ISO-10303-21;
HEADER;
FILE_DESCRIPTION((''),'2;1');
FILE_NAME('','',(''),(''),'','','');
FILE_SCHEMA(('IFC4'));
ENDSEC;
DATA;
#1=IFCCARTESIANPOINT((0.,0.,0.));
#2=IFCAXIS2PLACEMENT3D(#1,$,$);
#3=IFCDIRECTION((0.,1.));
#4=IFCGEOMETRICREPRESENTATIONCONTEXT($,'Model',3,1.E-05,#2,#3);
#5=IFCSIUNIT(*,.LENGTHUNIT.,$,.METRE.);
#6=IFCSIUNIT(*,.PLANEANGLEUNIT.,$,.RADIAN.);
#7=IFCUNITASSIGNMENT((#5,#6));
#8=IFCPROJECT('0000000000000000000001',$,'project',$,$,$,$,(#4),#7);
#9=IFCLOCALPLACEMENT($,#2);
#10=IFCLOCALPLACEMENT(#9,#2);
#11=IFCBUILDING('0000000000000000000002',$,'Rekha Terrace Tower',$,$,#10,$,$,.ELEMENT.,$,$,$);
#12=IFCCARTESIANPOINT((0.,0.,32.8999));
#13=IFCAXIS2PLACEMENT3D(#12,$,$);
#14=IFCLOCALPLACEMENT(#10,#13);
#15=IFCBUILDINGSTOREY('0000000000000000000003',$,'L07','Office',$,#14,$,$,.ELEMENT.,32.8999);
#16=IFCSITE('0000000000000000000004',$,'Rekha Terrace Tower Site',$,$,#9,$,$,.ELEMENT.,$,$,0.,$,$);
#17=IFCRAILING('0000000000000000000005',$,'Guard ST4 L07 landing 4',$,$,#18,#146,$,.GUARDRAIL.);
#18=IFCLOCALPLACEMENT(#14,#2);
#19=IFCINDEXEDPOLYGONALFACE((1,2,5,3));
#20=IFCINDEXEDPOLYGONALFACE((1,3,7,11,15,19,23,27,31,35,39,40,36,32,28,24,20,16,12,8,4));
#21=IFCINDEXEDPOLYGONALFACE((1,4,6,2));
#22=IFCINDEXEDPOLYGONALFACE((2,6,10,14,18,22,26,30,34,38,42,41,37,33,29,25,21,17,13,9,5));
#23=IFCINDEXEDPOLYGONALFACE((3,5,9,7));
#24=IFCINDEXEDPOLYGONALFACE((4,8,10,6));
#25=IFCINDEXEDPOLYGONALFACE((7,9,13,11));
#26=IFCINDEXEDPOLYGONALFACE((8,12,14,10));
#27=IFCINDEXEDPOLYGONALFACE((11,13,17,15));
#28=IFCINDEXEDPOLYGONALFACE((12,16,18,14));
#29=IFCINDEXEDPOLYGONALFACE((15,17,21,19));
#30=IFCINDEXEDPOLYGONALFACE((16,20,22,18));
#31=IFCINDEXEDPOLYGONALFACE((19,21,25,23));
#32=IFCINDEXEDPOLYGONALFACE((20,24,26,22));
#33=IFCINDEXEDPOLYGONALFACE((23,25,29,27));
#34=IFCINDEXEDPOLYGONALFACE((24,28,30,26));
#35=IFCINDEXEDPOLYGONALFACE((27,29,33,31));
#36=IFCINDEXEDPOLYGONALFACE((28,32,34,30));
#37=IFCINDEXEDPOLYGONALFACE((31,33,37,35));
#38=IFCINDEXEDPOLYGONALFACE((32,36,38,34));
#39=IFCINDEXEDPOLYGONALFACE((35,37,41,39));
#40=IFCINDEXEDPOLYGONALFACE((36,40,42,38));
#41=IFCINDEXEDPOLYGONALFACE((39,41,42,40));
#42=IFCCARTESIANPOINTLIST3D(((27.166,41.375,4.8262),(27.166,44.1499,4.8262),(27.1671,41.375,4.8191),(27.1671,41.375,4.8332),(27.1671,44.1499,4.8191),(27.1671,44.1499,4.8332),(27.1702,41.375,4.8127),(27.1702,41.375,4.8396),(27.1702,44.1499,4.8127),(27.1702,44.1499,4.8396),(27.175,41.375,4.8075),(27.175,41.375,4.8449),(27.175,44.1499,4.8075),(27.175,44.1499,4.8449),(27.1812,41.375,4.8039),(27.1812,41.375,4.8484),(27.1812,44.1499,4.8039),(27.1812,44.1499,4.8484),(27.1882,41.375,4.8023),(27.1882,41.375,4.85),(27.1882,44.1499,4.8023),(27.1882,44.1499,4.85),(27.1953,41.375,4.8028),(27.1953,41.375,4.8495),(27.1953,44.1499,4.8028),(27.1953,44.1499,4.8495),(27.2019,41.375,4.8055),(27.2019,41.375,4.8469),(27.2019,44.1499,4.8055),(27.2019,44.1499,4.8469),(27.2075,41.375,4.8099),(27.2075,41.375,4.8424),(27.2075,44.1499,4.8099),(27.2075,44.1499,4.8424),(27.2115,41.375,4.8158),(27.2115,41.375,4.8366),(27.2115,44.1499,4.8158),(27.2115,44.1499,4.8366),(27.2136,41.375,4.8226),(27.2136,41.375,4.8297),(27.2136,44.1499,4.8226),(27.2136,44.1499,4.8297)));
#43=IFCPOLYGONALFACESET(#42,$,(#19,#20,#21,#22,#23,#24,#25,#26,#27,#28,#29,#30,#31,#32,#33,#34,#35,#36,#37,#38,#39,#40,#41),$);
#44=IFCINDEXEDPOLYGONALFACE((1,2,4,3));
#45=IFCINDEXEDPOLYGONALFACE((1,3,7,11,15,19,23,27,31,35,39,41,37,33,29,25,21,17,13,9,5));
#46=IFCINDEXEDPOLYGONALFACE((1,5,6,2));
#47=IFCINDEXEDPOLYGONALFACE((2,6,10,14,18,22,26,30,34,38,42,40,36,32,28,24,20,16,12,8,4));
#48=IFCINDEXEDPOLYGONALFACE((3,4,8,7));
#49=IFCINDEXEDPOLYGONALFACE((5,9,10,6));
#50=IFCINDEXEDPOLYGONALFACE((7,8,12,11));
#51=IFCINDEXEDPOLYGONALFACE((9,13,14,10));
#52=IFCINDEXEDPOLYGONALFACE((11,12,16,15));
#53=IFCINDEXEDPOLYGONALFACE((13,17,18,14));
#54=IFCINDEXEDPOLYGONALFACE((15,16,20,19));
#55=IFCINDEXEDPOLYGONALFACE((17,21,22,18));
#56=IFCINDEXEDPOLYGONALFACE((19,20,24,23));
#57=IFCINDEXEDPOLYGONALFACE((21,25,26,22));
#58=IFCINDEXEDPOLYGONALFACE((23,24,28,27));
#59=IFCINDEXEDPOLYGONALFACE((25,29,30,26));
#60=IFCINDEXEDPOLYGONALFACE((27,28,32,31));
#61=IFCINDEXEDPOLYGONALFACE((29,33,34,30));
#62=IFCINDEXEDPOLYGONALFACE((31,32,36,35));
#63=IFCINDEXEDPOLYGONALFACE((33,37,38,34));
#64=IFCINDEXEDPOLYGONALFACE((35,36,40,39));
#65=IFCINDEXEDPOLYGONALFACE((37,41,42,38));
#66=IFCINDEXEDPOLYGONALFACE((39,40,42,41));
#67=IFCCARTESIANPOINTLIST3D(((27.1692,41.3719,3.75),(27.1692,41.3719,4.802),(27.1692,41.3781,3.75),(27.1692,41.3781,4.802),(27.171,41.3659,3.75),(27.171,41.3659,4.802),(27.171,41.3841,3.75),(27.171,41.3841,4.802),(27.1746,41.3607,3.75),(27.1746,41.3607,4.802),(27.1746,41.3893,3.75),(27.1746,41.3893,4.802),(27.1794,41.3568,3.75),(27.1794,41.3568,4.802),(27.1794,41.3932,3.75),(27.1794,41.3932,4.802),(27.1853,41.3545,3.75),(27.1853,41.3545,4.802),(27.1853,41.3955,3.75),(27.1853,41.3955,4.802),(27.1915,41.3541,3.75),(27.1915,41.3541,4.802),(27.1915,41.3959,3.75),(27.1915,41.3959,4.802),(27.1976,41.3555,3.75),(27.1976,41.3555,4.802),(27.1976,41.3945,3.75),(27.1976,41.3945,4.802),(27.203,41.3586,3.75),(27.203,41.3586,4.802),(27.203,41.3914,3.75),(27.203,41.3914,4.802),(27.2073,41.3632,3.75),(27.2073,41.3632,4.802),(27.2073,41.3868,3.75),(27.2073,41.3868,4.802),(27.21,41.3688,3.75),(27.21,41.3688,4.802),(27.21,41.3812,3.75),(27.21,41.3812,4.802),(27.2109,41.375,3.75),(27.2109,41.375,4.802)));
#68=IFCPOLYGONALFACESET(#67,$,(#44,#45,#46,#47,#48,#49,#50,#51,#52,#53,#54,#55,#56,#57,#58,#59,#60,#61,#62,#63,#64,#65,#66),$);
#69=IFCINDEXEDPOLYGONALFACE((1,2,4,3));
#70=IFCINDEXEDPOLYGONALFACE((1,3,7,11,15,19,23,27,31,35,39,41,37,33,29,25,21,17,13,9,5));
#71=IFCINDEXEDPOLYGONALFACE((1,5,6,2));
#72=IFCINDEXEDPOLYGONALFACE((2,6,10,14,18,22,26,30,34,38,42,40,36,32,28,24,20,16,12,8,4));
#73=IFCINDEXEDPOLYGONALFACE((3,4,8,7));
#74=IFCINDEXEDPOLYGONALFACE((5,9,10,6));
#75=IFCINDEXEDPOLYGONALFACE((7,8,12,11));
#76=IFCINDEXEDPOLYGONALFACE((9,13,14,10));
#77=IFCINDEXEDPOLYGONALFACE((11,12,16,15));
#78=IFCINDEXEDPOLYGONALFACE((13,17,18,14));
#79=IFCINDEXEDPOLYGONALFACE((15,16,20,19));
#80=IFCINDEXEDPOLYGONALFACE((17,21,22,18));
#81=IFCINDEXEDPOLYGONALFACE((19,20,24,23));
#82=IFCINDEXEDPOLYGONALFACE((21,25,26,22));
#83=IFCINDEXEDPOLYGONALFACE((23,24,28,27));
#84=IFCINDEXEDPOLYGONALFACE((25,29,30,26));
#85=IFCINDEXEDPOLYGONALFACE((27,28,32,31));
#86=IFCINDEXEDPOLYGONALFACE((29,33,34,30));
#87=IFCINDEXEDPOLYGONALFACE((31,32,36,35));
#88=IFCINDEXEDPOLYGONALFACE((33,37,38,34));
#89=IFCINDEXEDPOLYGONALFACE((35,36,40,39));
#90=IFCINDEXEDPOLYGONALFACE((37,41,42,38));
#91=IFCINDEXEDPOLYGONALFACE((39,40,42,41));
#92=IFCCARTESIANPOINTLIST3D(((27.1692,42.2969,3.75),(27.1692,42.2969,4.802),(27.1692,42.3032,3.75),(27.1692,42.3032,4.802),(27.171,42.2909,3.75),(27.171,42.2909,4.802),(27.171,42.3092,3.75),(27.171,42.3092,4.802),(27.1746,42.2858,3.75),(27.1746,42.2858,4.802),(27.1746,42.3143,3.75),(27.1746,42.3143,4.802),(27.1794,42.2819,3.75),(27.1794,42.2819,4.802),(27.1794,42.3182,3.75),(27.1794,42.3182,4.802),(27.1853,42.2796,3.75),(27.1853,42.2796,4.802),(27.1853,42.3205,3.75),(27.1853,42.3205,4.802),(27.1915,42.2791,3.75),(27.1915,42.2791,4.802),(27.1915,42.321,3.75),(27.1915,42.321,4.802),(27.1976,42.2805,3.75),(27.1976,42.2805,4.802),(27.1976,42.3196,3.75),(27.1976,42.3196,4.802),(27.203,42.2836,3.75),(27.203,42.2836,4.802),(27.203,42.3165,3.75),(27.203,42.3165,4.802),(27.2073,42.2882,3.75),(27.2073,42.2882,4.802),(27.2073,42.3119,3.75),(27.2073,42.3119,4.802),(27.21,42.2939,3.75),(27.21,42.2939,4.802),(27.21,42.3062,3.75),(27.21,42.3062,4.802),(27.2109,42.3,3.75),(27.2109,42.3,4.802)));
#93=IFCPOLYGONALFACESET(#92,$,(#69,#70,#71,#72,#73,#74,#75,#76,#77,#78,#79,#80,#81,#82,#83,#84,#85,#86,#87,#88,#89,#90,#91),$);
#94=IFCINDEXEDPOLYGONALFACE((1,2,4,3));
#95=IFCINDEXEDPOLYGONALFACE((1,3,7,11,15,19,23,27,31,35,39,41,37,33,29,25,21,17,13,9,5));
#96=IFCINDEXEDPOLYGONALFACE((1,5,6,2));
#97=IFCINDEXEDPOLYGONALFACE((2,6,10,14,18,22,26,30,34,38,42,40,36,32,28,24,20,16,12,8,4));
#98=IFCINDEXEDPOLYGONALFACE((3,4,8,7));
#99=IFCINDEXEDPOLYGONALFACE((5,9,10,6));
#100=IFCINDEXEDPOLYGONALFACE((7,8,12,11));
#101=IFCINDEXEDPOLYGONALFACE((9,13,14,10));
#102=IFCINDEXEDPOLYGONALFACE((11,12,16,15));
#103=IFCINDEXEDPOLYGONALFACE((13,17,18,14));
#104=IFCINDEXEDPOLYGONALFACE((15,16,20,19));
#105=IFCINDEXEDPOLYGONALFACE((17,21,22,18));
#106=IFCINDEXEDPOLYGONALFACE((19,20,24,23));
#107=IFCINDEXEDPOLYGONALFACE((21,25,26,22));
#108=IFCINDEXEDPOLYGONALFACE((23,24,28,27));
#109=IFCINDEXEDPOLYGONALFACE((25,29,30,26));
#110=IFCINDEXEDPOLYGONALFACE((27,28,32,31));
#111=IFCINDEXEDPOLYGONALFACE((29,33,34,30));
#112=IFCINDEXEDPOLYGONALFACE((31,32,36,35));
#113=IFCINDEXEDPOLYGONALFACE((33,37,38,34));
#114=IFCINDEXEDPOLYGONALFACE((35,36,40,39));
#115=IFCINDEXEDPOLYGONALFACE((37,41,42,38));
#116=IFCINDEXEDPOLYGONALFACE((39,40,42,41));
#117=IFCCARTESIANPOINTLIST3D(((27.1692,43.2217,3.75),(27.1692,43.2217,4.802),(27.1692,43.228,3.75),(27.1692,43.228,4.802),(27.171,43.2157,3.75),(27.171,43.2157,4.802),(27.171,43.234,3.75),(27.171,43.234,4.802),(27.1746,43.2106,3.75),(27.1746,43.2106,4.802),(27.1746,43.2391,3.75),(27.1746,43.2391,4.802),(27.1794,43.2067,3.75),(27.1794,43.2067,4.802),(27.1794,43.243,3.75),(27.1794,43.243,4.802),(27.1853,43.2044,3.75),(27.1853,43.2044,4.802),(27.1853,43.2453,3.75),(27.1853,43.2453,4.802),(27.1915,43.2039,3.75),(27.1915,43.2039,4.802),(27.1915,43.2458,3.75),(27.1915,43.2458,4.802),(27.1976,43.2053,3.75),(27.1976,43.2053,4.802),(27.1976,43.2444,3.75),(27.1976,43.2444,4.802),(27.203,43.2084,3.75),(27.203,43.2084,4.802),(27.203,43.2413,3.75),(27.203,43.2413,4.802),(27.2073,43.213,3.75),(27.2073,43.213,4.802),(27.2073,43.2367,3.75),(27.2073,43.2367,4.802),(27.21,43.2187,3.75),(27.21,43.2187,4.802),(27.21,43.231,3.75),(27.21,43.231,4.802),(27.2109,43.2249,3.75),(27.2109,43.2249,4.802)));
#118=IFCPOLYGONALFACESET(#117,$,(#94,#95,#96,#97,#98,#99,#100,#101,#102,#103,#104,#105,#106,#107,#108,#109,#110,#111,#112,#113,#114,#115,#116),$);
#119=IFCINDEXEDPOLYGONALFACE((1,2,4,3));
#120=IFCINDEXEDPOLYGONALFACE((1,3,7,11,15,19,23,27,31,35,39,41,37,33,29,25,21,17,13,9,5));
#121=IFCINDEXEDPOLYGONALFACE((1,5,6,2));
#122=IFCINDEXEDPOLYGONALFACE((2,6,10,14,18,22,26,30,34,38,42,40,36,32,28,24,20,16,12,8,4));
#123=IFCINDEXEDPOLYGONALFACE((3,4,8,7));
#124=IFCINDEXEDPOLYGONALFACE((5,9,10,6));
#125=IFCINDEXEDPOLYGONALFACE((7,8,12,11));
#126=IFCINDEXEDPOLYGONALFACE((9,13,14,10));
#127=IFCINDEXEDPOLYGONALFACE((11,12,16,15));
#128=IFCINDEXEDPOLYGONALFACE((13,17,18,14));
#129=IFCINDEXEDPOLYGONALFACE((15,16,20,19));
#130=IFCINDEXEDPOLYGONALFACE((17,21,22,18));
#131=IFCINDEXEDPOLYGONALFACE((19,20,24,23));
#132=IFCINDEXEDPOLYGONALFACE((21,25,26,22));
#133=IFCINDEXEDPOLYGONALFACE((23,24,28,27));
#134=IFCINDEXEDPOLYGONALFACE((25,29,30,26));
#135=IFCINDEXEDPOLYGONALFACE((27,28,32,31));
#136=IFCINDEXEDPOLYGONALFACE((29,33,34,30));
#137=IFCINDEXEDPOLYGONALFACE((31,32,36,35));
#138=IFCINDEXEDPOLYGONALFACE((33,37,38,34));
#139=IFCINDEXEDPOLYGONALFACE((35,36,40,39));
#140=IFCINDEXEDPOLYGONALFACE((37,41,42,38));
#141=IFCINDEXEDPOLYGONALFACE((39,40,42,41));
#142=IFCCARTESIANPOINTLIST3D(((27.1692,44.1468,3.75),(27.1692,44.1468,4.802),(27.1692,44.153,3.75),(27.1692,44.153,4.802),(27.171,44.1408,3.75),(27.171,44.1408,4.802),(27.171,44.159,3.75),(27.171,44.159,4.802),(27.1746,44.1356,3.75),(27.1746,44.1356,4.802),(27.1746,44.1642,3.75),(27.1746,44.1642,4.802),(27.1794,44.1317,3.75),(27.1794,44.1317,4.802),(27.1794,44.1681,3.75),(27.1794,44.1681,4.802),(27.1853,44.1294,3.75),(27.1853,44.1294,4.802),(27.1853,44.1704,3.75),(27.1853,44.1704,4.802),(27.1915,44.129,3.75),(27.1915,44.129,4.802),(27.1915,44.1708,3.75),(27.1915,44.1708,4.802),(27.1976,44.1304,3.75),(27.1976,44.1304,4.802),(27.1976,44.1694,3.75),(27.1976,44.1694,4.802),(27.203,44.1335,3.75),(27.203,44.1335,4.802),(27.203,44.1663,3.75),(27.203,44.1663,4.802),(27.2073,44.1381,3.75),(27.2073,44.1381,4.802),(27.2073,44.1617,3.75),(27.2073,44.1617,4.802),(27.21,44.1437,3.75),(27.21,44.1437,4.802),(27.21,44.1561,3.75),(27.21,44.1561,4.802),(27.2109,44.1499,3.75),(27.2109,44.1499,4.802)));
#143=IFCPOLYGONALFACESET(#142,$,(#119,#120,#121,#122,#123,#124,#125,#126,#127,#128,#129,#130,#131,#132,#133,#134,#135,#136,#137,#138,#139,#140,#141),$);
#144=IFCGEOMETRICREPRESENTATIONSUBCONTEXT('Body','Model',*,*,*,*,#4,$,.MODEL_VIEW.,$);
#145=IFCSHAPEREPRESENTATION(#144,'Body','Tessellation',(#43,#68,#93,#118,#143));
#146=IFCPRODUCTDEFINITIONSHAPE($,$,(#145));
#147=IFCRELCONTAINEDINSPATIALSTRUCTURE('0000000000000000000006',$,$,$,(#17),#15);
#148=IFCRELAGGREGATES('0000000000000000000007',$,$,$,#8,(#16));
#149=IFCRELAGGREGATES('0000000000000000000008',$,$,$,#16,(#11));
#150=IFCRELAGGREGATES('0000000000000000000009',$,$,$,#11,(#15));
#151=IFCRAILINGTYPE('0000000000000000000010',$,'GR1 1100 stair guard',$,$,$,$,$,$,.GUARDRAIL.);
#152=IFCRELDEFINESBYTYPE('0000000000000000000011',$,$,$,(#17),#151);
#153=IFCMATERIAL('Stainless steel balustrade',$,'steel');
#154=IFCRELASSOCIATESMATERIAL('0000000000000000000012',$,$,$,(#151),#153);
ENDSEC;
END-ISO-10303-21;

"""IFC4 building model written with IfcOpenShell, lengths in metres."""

from ifc_helpers import new_model, si_unit, direction, frame, origin, origin_2d, place, context, subcontext, project, spatial, circle, extrude, material, type_object, element, save


model = new_model("IFC4")

# Units and contexts
model_context = context("Model", 3, precision=1e-05, world=origin(), true_north=direction((0.0, 1.0)))
body_context = subcontext(model_context, "Body", "Model", "MODEL_VIEW")
ifc_project = project(units=[si_unit("LENGTHUNIT", "METRE"), si_unit("PLANEANGLEUNIT", "RADIAN")], contexts=[model_context])

# Site, building, storey
site_placement = place(None, origin())
site = spatial("IfcSite", under=ifc_project, at=site_placement, Name="Rekha Terrace Tower Site", CompositionType="ELEMENT", RefElevation=0.0)
building_placement = place(site_placement, origin())
building = spatial("IfcBuilding", under=site, at=building_placement, Name="Rekha Terrace Tower", CompositionType="ELEMENT")
storey_placement = place(building_placement, frame((0.0, 0.0, 32.8999)))
storey = spatial("IfcBuildingStorey", under=building, at=storey_placement, Name="L07", Description="Office", CompositionType="ELEMENT", Elevation=32.8999)

# Railing
ifc_material_1 = material(Name="Stainless steel balustrade", Category="steel")
railing_type_1 = type_object("IfcRailingType", Name="GR1 1100 stair guard", PredefinedType="GUARDRAIL", material=ifc_material_1)
railing_1_placement = place(storey_placement, frame((27.1899, 41.375, 3.75)))
element("IfcRailing", 1, at=railing_1_placement, inside=storey, type_object=railing_type_1, Name="Guard ST4 L07 landing 4", PredefinedType="GUARDRAIL", context=body_context, shape_type="SweptSolid", body=[
    extrude(circle(Radius=0.0239, at=origin_2d()), frame((0.0, 0.0, 1.0762), z_axis=(0.0, 1.0, 0.0), x_axis=(-1.0, 0.0, 0.0)), (0.0, 0.0, 1.0), 2.7749),
    extrude(circle(Radius=0.021, at=origin_2d()), origin(), (0.0, 0.0, 1.0), 1.052),
    extrude(circle(Radius=0.021, at=origin_2d()), frame((0.0, 0.925, 0.0)), (0.0, 0.0, 1.0), 1.052),
    extrude(circle(Radius=0.021, at=origin_2d()), frame((0.0, 1.8499, 0.0)), (0.0, 0.0, 1.0), 1.052),
    extrude(circle(Radius=0.021, at=origin_2d()), frame((0.0, 2.7749, 0.0)), (0.0, 0.0, 1.0), 1.052),
])

save(model, "model.ifc")
